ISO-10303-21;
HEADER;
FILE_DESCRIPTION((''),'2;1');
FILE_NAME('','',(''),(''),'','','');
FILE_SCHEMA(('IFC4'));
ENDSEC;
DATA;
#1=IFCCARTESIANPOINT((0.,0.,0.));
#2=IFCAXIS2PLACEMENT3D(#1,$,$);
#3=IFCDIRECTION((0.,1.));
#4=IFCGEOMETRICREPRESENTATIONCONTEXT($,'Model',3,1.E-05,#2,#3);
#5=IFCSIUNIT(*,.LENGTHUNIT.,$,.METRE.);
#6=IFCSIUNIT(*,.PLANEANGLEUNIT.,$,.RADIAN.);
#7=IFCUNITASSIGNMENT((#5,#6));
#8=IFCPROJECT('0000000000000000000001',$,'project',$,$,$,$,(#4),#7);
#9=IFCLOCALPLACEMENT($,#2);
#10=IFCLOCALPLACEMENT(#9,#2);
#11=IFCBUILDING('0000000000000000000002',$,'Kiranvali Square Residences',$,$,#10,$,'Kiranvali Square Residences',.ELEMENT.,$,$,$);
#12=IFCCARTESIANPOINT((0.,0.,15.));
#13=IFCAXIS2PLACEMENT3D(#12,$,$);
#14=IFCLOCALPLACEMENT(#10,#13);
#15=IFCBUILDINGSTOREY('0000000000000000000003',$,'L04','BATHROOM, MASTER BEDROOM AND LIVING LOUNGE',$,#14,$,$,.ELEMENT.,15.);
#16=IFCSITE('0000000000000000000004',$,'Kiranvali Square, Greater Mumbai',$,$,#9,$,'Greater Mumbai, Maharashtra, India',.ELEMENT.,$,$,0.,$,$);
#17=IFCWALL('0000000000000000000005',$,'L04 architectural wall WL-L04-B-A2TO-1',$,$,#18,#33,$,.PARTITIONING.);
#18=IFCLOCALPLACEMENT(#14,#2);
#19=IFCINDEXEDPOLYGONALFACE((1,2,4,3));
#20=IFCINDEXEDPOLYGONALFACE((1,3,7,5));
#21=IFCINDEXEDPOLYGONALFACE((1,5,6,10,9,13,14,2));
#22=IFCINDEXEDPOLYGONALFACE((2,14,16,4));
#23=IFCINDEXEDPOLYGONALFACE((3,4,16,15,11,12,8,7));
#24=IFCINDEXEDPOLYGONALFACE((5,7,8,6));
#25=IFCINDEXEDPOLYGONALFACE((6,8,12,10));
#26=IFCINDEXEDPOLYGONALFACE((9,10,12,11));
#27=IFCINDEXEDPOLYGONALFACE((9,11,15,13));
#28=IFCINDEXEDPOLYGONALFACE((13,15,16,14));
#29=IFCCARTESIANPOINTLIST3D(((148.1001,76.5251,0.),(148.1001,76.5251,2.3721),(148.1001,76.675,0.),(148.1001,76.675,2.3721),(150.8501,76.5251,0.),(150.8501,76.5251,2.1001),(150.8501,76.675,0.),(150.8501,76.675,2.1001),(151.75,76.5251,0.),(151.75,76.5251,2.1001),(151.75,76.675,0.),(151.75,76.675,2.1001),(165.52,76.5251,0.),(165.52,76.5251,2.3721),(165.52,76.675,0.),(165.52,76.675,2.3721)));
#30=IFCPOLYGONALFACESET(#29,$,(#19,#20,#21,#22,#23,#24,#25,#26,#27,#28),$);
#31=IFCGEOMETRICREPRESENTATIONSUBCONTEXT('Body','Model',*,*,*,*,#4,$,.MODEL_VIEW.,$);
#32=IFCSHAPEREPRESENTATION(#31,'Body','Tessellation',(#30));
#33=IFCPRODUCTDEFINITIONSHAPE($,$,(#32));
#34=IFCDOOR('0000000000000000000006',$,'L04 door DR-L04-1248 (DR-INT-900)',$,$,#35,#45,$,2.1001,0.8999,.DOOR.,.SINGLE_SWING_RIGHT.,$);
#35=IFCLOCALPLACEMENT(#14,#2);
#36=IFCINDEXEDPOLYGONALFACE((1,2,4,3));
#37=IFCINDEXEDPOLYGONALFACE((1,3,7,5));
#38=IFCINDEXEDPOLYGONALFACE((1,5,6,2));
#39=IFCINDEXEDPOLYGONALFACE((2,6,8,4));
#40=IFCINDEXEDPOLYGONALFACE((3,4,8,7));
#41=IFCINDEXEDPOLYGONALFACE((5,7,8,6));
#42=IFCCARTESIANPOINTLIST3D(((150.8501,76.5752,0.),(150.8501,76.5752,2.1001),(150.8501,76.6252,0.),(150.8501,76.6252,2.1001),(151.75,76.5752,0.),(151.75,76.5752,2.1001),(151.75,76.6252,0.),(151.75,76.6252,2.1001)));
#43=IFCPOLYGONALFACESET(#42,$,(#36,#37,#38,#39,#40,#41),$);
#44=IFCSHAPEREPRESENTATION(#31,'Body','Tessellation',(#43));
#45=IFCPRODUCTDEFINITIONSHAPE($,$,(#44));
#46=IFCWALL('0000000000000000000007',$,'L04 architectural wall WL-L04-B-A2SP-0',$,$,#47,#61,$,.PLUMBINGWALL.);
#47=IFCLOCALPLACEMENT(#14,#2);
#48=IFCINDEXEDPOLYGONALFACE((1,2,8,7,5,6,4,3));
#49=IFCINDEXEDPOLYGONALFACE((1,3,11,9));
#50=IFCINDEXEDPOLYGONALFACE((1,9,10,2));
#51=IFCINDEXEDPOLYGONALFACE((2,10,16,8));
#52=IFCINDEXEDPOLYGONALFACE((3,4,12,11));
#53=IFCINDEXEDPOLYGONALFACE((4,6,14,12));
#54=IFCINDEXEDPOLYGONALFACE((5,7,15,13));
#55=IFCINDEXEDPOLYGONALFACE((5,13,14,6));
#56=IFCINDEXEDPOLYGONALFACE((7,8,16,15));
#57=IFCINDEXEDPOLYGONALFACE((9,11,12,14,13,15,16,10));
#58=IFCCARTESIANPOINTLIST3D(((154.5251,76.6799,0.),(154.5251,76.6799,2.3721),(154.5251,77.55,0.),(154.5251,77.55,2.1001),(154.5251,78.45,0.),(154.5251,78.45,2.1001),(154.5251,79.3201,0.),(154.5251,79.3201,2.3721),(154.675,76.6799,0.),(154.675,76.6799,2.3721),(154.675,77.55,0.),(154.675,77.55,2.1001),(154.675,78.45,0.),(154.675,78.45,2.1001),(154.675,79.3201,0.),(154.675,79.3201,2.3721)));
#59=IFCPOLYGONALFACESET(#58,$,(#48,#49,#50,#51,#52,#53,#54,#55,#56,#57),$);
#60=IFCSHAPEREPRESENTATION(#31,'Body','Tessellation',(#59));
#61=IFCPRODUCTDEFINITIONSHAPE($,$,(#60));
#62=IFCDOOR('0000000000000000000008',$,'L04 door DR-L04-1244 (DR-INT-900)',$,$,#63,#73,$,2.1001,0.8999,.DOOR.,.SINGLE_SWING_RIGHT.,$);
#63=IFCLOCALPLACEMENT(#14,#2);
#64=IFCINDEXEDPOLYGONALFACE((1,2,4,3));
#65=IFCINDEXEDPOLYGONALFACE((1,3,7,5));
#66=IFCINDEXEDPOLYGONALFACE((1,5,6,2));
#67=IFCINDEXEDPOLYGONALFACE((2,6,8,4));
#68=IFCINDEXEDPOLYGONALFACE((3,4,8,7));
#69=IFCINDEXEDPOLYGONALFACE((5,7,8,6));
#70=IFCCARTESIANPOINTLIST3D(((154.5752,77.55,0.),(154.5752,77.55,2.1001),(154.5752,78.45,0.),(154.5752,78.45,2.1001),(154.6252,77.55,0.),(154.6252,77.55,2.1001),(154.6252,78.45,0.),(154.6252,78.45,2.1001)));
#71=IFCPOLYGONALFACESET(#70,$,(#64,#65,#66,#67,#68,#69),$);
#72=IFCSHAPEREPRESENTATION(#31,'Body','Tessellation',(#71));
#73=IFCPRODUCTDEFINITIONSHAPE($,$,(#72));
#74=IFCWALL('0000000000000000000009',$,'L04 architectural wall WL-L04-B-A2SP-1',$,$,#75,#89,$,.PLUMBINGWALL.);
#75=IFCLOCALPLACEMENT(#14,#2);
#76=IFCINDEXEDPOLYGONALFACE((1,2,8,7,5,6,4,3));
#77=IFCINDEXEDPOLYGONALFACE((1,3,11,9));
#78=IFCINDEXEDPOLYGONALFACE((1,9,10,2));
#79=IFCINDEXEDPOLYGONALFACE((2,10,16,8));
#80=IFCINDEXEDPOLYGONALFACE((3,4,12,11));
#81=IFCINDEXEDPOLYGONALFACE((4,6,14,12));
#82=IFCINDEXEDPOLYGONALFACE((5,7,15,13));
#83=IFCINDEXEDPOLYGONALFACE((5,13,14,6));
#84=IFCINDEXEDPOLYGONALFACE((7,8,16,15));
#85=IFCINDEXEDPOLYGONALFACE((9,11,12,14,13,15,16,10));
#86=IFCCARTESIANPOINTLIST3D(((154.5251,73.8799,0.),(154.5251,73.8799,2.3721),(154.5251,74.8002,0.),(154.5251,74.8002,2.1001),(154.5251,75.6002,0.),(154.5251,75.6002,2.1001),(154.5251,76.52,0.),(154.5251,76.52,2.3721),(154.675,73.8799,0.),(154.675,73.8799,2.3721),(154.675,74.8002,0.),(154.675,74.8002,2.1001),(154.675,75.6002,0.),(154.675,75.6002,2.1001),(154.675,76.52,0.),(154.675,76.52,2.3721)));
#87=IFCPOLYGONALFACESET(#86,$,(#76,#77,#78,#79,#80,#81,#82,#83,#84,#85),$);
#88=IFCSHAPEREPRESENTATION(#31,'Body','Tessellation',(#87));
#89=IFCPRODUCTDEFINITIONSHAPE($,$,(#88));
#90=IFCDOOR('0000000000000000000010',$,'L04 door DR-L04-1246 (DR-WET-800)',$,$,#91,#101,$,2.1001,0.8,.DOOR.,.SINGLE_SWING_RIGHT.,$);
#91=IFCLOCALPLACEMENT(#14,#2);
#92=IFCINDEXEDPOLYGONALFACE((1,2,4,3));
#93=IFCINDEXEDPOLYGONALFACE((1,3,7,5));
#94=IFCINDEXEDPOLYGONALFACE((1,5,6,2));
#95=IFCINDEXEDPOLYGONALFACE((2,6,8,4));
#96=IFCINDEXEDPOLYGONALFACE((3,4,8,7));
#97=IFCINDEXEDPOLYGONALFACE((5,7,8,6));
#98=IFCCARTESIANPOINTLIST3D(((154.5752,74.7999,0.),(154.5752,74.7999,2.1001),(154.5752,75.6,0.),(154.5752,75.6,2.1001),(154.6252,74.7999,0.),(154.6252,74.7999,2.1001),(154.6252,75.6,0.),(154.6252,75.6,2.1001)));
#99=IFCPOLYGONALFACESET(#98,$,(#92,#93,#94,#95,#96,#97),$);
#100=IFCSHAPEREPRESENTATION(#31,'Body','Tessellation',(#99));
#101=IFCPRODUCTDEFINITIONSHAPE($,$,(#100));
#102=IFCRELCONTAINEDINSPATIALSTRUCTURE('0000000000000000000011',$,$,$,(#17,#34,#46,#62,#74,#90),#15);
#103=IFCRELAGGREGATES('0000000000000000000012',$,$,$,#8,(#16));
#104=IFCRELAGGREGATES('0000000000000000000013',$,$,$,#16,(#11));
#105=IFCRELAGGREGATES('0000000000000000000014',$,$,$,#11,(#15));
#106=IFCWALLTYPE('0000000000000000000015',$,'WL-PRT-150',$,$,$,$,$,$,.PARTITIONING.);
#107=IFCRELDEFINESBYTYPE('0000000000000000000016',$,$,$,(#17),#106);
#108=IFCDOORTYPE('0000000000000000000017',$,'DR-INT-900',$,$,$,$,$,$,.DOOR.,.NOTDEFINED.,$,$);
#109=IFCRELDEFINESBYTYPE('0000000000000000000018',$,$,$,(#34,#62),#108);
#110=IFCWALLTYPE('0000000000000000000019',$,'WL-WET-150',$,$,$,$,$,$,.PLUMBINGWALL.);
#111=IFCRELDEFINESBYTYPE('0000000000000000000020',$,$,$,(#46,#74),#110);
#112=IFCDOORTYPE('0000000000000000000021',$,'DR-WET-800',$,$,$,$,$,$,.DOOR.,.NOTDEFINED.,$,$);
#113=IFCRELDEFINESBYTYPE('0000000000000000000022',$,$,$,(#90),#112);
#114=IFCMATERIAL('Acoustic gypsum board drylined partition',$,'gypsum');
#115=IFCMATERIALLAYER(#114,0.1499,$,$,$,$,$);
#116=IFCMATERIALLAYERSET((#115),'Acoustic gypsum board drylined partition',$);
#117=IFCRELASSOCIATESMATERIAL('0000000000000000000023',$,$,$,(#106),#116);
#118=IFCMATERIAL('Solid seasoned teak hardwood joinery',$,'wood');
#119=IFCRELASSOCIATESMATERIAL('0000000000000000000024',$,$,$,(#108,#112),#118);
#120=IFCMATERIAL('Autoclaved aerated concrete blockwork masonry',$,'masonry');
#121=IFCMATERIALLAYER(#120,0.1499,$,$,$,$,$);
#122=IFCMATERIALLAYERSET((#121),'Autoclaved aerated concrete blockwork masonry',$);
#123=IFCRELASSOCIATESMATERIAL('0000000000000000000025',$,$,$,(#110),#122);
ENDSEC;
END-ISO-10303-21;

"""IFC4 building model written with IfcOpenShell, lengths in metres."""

from ifc_helpers import new_model, si_unit, direction, frame, frame_2d, origin, place, context, subcontext, project, spatial, rectangle, extrude, material, layer, layer_set, type_object, element, fill, save


model = new_model("IFC4")

# Units and contexts
model_context = context("Model", 3, precision=1e-05, world=origin(), true_north=direction((0.0, 1.0)))
body_context = subcontext(model_context, "Body", "Model", "MODEL_VIEW")
ifc_project = project(units=[si_unit("LENGTHUNIT", "METRE"), si_unit("PLANEANGLEUNIT", "RADIAN")], contexts=[model_context])

# Site, building, storey
site_placement = place(None, origin())
site = spatial("IfcSite", under=ifc_project, at=site_placement, Name="Kiranvali Square, Greater Mumbai", LongName="Greater Mumbai, Maharashtra, India", CompositionType="ELEMENT", RefElevation=0.0)
building_placement = place(site_placement, origin())
building = spatial("IfcBuilding", under=site, at=building_placement, Name="Kiranvali Square Residences", LongName="Kiranvali Square Residences", CompositionType="ELEMENT")
storey_placement = place(building_placement, frame((0.0, 0.0, 15.0)))
storey = spatial("IfcBuildingStorey", under=building, at=storey_placement, Name="L04", Description="BATHROOM, MASTER BEDROOM AND LIVING LOUNGE", CompositionType="ELEMENT", Elevation=15.0)

# Shared definitions
ifc_material_1 = material(Name="Autoclaved aerated concrete blockwork masonry", Category="masonry")

# Walls, openings, doors
ifc_material_2 = material(Name="Acoustic gypsum board drylined partition", Category="gypsum")
ifc_layer_1 = layer(ifc_material_2, 0.1499)
ifc_layer_set_1 = layer_set([ifc_layer_1], Name="Acoustic gypsum board drylined partition")
wall_type_1 = type_object("IfcWallType", Name="WL-PRT-150", PredefinedType="PARTITIONING", material=ifc_layer_set_1)
wall_1_placement = place(storey_placement, frame((148.1001, 76.6001, 0.0), z_axis=(0.0, 0.0, 1.0), x_axis=(1.0, 0.0, 0.0)))
wall_1 = element("IfcWall", 1, at=wall_1_placement, inside=storey, type_object=wall_type_1, Name="L04 architectural wall WL-L04-B-A2TO-1", PredefinedType="PARTITIONING", context=body_context, shape_type="SweptSolid", body=[
    extrude(rectangle(XDim=17.4199, YDim=0.1499, at=frame_2d((8.71, 0.0))), origin(), (0.0, 0.0, 1.0), 2.3721),
])
opening_1_placement = place(wall_1_placement, frame((2.75, 0.0, 0.0)))
opening_1 = element("IfcOpeningElement", 2, at=opening_1_placement, cuts=wall_1, PredefinedType="OPENING", context=body_context, shape_type="SweptSolid", body=[
    extrude(rectangle(XDim=0.8999, YDim=2.1001, at=frame_2d((0.45, 1.05))), frame((0.0, 0.085, 0.0), z_axis=(0.0, -1.0, 0.0), x_axis=(1.0, 0.0, 0.0)), (0.0, 0.0, 1.0), 0.1699),
])
ifc_material_3 = material(Name="Solid seasoned teak hardwood joinery", Category="wood")
door_type_1 = type_object("IfcDoorType", Name="DR-INT-900", OperationType="NOTDEFINED", PredefinedType="DOOR", material=ifc_material_3)
door_1_placement = place(opening_1_placement, frame((0.8999, 0.0, 0.0), z_axis=(0.0, 0.0, 1.0), x_axis=(-1.0, 0.0, 0.0)))
door_1 = element("IfcDoor", 3, at=door_1_placement, inside=storey, type_object=door_type_1, Name="L04 door DR-L04-1248 (DR-INT-900)", OperationType="SINGLE_SWING_RIGHT", OverallHeight=2.1001, OverallWidth=0.8999, PredefinedType="DOOR", context=body_context, shape_type="SweptSolid", body=[
    extrude(rectangle(XDim=0.8999, YDim=2.1001, at=frame_2d((0.45, 1.05))), frame((0.0, 0.0249, 0.0), z_axis=(0.0, -1.0, 0.0), x_axis=(1.0, 0.0, 0.0)), (0.0, 0.0, 1.0), 0.05),
])
fill(opening_1, door_1)
ifc_layer_2 = layer(ifc_material_1, 0.1499)
ifc_layer_set_2 = layer_set([ifc_layer_2], Name="Autoclaved aerated concrete blockwork masonry")
wall_type_2 = type_object("IfcWallType", Name="WL-WET-150", PredefinedType="PLUMBINGWALL", material=ifc_layer_set_2)
wall_2_placement = place(storey_placement, frame((154.6001, 79.3201, 0.0), z_axis=(0.0, 0.0, 1.0), x_axis=(0.0, -1.0, 0.0)))
wall_2 = element("IfcWall", 4, at=wall_2_placement, inside=storey, type_object=wall_type_2, Name="L04 architectural wall WL-L04-B-A2SP-0", PredefinedType="PLUMBINGWALL", context=body_context, shape_type="SweptSolid", body=[
    extrude(rectangle(XDim=2.6401, YDim=0.1499, at=frame_2d((1.3201, 0.0))), origin(), (0.0, 0.0, 1.0), 2.3721),
])
opening_2_placement = place(wall_2_placement, frame((0.8701, 0.0, 0.0)))
opening_2 = element("IfcOpeningElement", 5, at=opening_2_placement, cuts=wall_2, PredefinedType="OPENING", context=body_context, shape_type="SweptSolid", body=[
    extrude(rectangle(XDim=0.8999, YDim=2.1001, at=frame_2d((0.45, 1.05))), frame((0.0, 0.085, 0.0), z_axis=(0.0, -1.0, 0.0), x_axis=(1.0, 0.0, 0.0)), (0.0, 0.0, 1.0), 0.1699),
])
door_2_placement = place(opening_2_placement, frame((0.8999, 0.0, 0.0), z_axis=(0.0, 0.0, 1.0), x_axis=(-1.0, 0.0, 0.0)))
door_2 = element("IfcDoor", 6, at=door_2_placement, inside=storey, type_object=door_type_1, Name="L04 door DR-L04-1244 (DR-INT-900)", OperationType="SINGLE_SWING_RIGHT", OverallHeight=2.1001, OverallWidth=0.8999, PredefinedType="DOOR", context=body_context, shape_type="SweptSolid", body=[
    extrude(rectangle(XDim=0.8999, YDim=2.1001, at=frame_2d((0.45, 1.05))), frame((0.0, 0.0249, 0.0), z_axis=(0.0, -1.0, 0.0), x_axis=(1.0, 0.0, 0.0)), (0.0, 0.0, 1.0), 0.05),
])
fill(opening_2, door_2)
wall_3_placement = place(storey_placement, frame((154.6001, 76.52, 0.0), z_axis=(0.0, 0.0, 1.0), x_axis=(0.0, -1.0, 0.0)))
wall_3 = element("IfcWall", 7, at=wall_3_placement, inside=storey, type_object=wall_type_2, Name="L04 architectural wall WL-L04-B-A2SP-1", PredefinedType="PLUMBINGWALL", context=body_context, shape_type="SweptSolid", body=[
    extrude(rectangle(XDim=2.6401, YDim=0.1499, at=frame_2d((1.3201, 0.0))), origin(), (0.0, 0.0, 1.0), 2.3721),
])
opening_3_placement = place(wall_3_placement, frame((0.9199, 0.0, 0.0)))
opening_3 = element("IfcOpeningElement", 8, at=opening_3_placement, cuts=wall_3, PredefinedType="OPENING", context=body_context, shape_type="SweptSolid", body=[
    extrude(rectangle(XDim=0.8, YDim=2.1001, at=frame_2d((0.3999, 1.05))), frame((0.0, 0.085, 0.0), z_axis=(0.0, -1.0, 0.0), x_axis=(1.0, 0.0, 0.0)), (0.0, 0.0, 1.0), 0.1699),
])
door_type_2 = type_object("IfcDoorType", Name="DR-WET-800", OperationType="NOTDEFINED", PredefinedType="DOOR", material=ifc_material_3)
door_3_placement = place(opening_3_placement, frame((0.8, 0.0, 0.0), z_axis=(0.0, 0.0, 1.0), x_axis=(-1.0, 0.0, 0.0)))
door_3 = element("IfcDoor", 9, at=door_3_placement, inside=storey, type_object=door_type_2, Name="L04 door DR-L04-1246 (DR-WET-800)", OperationType="SINGLE_SWING_RIGHT", OverallHeight=2.1001, OverallWidth=0.8, PredefinedType="DOOR", context=body_context, shape_type="SweptSolid", body=[
    extrude(rectangle(XDim=0.8, YDim=2.1001, at=frame_2d((0.3999, 1.05))), frame((0.0, 0.0249, 0.0), z_axis=(0.0, -1.0, 0.0), x_axis=(1.0, 0.0, 0.0)), (0.0, 0.0, 1.0), 0.05),
])
fill(opening_3, door_3)

save(model, "model.ifc")
